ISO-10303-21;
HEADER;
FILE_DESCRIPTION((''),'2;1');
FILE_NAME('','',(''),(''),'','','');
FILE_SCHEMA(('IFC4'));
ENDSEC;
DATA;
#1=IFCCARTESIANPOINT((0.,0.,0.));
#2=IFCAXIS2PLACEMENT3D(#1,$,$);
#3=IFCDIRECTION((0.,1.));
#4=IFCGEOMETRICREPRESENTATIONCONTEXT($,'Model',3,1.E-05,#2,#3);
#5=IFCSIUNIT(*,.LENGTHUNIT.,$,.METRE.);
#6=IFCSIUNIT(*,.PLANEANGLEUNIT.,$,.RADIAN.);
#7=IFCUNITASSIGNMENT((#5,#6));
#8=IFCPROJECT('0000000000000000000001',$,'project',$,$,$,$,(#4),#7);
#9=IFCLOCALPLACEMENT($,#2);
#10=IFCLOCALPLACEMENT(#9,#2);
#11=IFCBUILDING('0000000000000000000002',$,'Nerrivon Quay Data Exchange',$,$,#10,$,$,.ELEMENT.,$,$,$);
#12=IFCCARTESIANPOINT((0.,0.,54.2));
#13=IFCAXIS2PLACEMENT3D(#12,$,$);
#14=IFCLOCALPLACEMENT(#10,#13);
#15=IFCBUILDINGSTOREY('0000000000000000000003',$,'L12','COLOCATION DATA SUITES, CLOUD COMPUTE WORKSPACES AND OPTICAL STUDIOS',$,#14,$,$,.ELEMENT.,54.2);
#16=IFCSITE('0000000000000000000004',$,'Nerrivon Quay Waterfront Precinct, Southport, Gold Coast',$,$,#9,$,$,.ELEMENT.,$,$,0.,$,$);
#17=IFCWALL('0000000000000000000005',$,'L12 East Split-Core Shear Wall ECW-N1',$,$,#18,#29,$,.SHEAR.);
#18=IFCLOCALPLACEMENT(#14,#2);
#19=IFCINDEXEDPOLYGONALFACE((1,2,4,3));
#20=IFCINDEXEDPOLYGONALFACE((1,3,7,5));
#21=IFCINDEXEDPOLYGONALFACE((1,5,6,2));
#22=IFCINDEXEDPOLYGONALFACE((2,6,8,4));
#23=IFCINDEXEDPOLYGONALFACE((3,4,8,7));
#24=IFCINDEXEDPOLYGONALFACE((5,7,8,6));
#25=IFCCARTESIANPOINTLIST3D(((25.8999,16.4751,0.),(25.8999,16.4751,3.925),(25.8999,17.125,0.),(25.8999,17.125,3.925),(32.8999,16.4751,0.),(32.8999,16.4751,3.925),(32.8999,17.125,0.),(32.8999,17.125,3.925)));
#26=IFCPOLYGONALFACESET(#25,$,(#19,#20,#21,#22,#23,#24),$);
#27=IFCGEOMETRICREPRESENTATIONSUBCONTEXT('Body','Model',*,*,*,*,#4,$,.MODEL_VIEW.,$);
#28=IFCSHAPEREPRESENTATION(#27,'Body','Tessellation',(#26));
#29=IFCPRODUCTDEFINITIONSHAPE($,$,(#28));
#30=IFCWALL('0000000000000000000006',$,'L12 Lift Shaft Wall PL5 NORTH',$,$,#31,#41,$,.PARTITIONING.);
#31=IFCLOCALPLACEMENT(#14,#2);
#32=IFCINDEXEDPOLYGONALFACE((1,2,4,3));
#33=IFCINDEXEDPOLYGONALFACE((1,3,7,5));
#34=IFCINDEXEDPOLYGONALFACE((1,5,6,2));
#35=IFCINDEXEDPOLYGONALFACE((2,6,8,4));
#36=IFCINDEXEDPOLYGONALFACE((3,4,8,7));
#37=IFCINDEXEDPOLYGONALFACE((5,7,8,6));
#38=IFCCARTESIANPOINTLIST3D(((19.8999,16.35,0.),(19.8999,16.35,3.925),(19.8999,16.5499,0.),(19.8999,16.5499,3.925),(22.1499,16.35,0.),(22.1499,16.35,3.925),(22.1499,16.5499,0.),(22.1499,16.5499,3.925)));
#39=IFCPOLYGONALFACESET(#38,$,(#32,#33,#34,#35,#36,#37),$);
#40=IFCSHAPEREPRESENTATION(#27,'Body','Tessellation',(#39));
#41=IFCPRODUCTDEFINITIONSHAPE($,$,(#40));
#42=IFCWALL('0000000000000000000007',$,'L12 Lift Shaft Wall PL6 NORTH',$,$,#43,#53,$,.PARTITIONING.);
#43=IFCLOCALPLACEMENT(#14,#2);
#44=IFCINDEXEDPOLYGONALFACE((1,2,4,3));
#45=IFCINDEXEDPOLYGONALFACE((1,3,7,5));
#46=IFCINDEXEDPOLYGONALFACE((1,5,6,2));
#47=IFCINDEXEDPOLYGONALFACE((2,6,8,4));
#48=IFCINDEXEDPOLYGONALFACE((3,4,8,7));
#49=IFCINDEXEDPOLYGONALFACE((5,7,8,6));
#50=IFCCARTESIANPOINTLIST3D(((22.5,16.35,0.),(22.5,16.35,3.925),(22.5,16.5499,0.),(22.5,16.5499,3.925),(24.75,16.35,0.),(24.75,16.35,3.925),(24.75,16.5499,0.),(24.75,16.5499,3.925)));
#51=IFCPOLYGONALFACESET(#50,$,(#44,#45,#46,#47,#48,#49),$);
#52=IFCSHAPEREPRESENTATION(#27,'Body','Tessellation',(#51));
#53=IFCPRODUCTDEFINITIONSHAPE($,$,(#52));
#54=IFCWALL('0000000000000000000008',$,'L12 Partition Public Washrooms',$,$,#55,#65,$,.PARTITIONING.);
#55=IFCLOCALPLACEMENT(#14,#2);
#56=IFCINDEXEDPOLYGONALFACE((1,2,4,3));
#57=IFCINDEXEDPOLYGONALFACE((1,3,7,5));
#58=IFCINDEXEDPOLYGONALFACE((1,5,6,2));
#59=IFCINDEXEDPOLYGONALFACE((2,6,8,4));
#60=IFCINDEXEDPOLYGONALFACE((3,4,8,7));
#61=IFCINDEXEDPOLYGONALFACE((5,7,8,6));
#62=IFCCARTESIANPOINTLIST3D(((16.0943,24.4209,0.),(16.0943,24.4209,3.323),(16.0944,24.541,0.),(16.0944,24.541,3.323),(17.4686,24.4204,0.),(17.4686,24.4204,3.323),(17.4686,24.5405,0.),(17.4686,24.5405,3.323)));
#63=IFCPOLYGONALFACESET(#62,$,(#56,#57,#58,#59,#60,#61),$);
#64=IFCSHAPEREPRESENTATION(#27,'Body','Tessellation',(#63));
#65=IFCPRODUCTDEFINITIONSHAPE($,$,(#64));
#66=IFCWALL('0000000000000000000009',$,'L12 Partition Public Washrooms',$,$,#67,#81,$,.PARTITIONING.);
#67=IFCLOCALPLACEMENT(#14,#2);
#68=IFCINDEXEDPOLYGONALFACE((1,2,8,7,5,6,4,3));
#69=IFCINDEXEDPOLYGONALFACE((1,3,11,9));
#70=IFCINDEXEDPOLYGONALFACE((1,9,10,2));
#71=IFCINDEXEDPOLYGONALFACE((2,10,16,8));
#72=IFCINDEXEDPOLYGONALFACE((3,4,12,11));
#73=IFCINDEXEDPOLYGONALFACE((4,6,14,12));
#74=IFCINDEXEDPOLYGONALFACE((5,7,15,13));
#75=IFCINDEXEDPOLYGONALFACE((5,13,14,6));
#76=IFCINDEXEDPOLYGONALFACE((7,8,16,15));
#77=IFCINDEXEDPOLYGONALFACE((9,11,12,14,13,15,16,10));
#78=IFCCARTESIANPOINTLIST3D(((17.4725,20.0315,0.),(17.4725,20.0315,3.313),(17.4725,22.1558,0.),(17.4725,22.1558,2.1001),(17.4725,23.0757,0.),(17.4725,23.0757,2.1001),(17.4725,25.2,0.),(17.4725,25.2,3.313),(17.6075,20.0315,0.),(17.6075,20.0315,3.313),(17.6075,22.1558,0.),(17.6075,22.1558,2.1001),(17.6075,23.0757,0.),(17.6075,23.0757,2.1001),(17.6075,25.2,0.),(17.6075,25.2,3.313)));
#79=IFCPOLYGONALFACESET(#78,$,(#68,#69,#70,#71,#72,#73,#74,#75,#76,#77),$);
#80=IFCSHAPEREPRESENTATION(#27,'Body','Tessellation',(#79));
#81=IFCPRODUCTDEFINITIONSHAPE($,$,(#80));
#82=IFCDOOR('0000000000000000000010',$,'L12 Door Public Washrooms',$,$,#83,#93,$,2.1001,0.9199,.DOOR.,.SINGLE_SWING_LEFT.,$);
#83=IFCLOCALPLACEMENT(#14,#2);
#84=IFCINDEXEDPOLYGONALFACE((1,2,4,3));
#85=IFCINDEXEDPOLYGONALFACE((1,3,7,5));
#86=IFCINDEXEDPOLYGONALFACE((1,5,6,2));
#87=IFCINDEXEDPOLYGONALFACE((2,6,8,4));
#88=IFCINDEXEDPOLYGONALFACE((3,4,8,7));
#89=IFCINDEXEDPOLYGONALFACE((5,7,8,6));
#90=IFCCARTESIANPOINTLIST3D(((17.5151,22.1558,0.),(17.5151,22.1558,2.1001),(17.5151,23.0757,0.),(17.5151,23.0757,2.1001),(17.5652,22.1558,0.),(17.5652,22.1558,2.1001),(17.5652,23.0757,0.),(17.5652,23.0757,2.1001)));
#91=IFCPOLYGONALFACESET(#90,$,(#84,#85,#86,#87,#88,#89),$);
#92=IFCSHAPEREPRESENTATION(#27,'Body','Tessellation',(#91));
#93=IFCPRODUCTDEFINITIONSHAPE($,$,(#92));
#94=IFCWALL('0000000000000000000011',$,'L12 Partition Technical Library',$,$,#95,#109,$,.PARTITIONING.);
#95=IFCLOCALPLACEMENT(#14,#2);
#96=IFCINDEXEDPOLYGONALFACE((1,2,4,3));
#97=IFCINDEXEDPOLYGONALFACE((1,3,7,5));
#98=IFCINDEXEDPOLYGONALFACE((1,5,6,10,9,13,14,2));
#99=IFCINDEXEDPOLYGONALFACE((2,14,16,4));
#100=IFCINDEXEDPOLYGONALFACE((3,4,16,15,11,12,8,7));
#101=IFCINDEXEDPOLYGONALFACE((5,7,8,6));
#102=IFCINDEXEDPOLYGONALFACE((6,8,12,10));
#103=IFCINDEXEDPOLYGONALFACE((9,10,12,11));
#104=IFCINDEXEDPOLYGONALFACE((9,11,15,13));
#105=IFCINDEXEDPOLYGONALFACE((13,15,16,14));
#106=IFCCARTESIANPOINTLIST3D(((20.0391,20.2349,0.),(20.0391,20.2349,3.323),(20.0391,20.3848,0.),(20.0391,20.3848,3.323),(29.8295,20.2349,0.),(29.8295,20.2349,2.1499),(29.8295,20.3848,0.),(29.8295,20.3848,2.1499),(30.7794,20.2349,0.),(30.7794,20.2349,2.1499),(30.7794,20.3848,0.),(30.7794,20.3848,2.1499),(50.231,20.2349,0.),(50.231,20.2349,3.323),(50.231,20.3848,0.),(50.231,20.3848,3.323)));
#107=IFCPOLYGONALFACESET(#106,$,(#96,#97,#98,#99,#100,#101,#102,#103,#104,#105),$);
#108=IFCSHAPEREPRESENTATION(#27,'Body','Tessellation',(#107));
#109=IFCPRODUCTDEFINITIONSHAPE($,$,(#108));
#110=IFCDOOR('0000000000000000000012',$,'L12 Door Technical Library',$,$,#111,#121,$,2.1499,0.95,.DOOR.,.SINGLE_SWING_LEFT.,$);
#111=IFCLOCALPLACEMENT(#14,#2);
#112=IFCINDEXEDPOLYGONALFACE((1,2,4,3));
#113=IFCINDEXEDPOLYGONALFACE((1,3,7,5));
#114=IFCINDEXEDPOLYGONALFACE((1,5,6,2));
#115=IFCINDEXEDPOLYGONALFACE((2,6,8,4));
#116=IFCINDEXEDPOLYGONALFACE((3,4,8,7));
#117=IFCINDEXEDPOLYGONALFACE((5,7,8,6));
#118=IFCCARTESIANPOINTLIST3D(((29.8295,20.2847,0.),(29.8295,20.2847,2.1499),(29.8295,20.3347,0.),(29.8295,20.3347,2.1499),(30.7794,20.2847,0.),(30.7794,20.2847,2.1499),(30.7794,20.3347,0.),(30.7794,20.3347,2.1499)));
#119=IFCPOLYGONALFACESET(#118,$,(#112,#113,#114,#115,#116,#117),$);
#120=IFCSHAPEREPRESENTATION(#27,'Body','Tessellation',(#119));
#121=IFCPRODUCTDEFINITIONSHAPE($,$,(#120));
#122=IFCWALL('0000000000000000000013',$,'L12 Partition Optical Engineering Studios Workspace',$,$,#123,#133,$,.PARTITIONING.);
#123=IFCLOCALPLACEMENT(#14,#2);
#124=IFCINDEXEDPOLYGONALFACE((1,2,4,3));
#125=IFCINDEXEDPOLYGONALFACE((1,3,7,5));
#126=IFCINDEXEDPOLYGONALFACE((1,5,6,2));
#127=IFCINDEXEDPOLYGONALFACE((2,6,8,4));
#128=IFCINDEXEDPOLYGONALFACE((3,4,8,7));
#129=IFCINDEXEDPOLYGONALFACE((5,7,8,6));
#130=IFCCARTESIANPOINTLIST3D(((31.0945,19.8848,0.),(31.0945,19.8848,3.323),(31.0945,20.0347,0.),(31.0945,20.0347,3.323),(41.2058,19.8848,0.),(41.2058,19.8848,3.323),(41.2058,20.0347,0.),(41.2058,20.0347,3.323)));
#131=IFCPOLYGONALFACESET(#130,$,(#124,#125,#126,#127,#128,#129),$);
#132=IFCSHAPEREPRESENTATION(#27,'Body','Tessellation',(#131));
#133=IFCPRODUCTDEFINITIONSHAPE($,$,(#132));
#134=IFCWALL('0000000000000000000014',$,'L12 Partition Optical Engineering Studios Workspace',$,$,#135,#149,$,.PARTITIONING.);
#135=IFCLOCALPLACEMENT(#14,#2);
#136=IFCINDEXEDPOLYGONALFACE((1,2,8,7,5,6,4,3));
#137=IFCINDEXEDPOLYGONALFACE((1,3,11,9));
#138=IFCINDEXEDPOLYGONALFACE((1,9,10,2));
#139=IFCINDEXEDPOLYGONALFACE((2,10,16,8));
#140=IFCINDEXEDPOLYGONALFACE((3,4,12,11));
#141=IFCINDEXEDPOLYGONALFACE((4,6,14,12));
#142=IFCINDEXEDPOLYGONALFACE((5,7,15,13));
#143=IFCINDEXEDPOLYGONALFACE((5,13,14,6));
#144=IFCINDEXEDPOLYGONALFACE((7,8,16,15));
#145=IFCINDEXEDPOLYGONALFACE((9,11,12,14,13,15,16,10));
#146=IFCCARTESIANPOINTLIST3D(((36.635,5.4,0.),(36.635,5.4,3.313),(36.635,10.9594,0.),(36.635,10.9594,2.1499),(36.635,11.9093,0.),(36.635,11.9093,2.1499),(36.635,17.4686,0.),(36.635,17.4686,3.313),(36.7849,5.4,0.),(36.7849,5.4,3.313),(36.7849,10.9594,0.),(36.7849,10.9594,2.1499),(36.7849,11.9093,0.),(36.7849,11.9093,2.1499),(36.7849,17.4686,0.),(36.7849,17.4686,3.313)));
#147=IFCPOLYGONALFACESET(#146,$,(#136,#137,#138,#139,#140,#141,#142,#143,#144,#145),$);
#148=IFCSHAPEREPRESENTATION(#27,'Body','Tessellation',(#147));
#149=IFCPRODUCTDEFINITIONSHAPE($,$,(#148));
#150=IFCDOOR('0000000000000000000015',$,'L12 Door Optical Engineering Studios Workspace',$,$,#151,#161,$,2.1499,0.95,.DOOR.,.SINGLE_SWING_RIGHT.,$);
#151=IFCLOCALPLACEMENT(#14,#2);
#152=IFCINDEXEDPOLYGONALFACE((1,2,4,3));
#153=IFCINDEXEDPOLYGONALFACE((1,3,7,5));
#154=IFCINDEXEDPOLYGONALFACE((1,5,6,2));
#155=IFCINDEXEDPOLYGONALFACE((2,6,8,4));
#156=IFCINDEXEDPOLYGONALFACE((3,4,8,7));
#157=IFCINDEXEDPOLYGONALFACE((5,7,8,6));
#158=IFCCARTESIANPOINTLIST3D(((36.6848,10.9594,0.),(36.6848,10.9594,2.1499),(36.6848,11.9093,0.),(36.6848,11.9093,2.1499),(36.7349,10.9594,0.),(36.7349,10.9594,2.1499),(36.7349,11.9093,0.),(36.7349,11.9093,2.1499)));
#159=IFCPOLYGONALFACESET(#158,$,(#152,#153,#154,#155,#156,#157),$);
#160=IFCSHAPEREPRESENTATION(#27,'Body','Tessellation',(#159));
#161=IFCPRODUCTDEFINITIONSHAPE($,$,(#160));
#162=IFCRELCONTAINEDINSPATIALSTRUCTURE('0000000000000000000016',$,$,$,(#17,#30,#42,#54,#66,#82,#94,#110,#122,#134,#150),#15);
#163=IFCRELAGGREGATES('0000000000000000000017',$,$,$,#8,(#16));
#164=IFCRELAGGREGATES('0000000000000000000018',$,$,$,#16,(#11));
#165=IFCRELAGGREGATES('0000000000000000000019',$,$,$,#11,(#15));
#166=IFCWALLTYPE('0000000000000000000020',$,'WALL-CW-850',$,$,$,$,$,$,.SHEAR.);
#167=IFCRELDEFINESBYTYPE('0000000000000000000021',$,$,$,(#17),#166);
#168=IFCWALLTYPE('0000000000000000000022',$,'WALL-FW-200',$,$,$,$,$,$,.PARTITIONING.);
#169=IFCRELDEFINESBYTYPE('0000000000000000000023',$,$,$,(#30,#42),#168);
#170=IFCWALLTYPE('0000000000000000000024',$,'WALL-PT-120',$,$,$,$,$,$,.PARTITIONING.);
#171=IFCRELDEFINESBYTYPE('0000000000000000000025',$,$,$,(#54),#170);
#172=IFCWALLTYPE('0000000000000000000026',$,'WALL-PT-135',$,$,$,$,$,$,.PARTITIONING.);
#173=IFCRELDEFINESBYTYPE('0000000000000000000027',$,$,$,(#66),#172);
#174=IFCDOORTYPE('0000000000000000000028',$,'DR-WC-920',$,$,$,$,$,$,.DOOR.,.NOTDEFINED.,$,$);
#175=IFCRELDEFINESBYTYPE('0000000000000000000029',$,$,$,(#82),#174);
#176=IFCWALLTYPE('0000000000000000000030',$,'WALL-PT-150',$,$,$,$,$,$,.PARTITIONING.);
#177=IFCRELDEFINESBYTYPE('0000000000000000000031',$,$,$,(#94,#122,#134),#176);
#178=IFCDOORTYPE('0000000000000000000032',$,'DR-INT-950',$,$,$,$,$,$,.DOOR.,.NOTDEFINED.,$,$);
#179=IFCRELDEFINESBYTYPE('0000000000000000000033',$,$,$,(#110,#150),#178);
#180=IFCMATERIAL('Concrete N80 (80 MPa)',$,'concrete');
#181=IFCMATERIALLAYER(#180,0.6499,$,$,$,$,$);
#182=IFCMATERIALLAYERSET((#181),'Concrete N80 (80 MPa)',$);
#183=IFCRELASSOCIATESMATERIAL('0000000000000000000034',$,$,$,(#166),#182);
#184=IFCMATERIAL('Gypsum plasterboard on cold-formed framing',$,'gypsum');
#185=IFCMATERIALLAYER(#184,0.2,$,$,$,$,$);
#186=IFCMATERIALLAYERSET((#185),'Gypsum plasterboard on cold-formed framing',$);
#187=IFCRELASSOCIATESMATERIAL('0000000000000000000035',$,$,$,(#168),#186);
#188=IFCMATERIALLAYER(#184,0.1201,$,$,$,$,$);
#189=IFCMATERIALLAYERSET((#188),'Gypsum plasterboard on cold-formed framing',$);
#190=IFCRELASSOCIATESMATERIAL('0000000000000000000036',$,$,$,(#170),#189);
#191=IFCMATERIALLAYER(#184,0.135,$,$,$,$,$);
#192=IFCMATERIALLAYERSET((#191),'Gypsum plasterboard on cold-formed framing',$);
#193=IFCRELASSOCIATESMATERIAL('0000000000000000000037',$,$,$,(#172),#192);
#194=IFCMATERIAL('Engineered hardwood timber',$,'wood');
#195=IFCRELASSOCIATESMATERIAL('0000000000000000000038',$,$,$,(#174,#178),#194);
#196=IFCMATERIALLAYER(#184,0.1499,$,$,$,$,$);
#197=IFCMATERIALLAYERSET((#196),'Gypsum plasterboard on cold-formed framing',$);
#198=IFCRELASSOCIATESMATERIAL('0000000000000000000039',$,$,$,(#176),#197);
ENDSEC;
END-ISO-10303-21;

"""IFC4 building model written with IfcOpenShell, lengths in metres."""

from ifc_helpers import new_model, si_unit, direction, frame, frame_2d, origin, place, context, subcontext, project, spatial, rectangle, extrude, material, layer, layer_set, type_object, element, fill, save


model = new_model("IFC4")

# Units and contexts
model_context = context("Model", 3, precision=1e-05, world=origin(), true_north=direction((0.0, 1.0)))
body_context = subcontext(model_context, "Body", "Model", "MODEL_VIEW")
ifc_project = project(units=[si_unit("LENGTHUNIT", "METRE"), si_unit("PLANEANGLEUNIT", "RADIAN")], contexts=[model_context])

# Site, building, storey
site_placement = place(None, origin())
site = spatial("IfcSite", under=ifc_project, at=site_placement, Name="Nerrivon Quay Waterfront Precinct, Southport, Gold Coast", CompositionType="ELEMENT", RefElevation=0.0)
building_placement = place(site_placement, origin())
building = spatial("IfcBuilding", under=site, at=building_placement, Name="Nerrivon Quay Data Exchange", CompositionType="ELEMENT")
storey_placement = place(building_placement, frame((0.0, 0.0, 54.2)))
storey = spatial("IfcBuildingStorey", under=building, at=storey_placement, Name="L12", Description="COLOCATION DATA SUITES, CLOUD COMPUTE WORKSPACES AND OPTICAL STUDIOS", CompositionType="ELEMENT", Elevation=54.2)

# Shared definitions
ifc_material_1 = material(Name="Concrete N80 (80 MPa)", Category="concrete")

# Walls
ifc_layer_1 = layer(ifc_material_1, 0.6499)
ifc_layer_set_1 = layer_set([ifc_layer_1], Name="Concrete N80 (80 MPa)")
wall_type_1 = type_object("IfcWallType", Name="WALL-CW-850", PredefinedType="SHEAR", material=ifc_layer_set_1)
wall_1_placement = place(storey_placement, frame((25.8999, 16.8, 0.0), z_axis=(0.0, 0.0, 1.0), x_axis=(1.0, 0.0, 0.0)))
element("IfcWall", 1, at=wall_1_placement, inside=storey, type_object=wall_type_1, Name="L12 East Split-Core Shear Wall ECW-N1", PredefinedType="SHEAR", context=body_context, shape_type="SweptSolid", body=[
    extrude(rectangle(XDim=7.0, YDim=0.6499, at=frame_2d((3.5, 0.0))), origin(), (0.0, 0.0, 1.0), 3.925),
])
ifc_material_2 = material(Name="Gypsum plasterboard on cold-formed framing", Category="gypsum")
ifc_layer_2 = layer(ifc_material_2, 0.2)
ifc_layer_set_2 = layer_set([ifc_layer_2], Name="Gypsum plasterboard on cold-formed framing")
wall_type_2 = type_object("IfcWallType", Name="WALL-FW-200", PredefinedType="PARTITIONING", material=ifc_layer_set_2)
for number, where, z_axis, x_axis, name in (
    (2, (19.8999, 16.45, 0.0), (0.0, 0.0, 1.0), (1.0, 0.0, 0.0), "L12 Lift Shaft Wall PL5 NORTH"),
    (3, (22.5, 16.45, 0.0), (0.0, 0.0, 1.0), (1.0, 0.0, 0.0), "L12 Lift Shaft Wall PL6 NORTH"),
):
    element("IfcWall", number, at=place(storey_placement, frame(where, z_axis=z_axis, x_axis=x_axis)), inside=storey, type_object=wall_type_2, Name=name, PredefinedType="PARTITIONING", context=body_context, shape_type="SweptSolid", body=[
        extrude(rectangle(XDim=2.25, YDim=0.2, at=frame_2d((1.125, 0.0))), origin(), (0.0, 0.0, 1.0), 3.925),
    ])
ifc_layer_3 = layer(ifc_material_2, 0.1201)
ifc_layer_set_3 = layer_set([ifc_layer_3], Name="Gypsum plasterboard on cold-formed framing")
wall_type_3 = type_object("IfcWallType", Name="WALL-PT-120", PredefinedType="PARTITIONING", material=ifc_layer_set_3)
wall_2_placement = place(storey_placement, frame((17.4685, 24.4805, 0.0), z_axis=(0.0, 0.0, 1.0), x_axis=(-1.0, 0.000355, 0.0)))
element("IfcWall", 4, at=wall_2_placement, inside=storey, type_object=wall_type_3, Name="L12 Partition Public Washrooms", PredefinedType="PARTITIONING", context=body_context, shape_type="SweptSolid", body=[
    extrude(rectangle(XDim=1.3743, YDim=0.1201, at=frame_2d((0.687, 0.0))), origin(), (0.0, 0.0, 1.0), 3.323),
])

# Walls, openings, doors
ifc_layer_4 = layer(ifc_material_2, 0.135)
ifc_layer_set_4 = layer_set([ifc_layer_4], Name="Gypsum plasterboard on cold-formed framing")
wall_type_4 = type_object("IfcWallType", Name="WALL-PT-135", PredefinedType="PARTITIONING", material=ifc_layer_set_4)
wall_3_placement = place(storey_placement, frame((17.54, 20.0315, 0.0), z_axis=(0.0, 0.0, 1.0), x_axis=(0.0, 1.0, 0.0)))
wall_3 = element("IfcWall", 5, at=wall_3_placement, inside=storey, type_object=wall_type_4, Name="L12 Partition Public Washrooms", PredefinedType="PARTITIONING", context=body_context, shape_type="SweptSolid", body=[
    extrude(rectangle(XDim=5.1685, YDim=0.135, at=frame_2d((2.5842, 0.0))), origin(), (0.0, 0.0, 1.0), 3.313),
])
opening_1_placement = place(wall_3_placement, frame((2.1243, 0.0, 0.0)))
opening_1 = element("IfcOpeningElement", 6, at=opening_1_placement, cuts=wall_3, PredefinedType="OPENING", context=body_context, shape_type="SweptSolid", body=[
    extrude(rectangle(XDim=0.9199, YDim=2.1001, at=frame_2d((0.46, 1.05))), frame((0.0, 0.0774, 0.0), z_axis=(0.0, -1.0, 0.0), x_axis=(1.0, 0.0, 0.0)), (0.0, 0.0, 1.0), 0.155),
])
ifc_material_3 = material(Name="Engineered hardwood timber", Category="wood")
door_type_1 = type_object("IfcDoorType", Name="DR-WC-920", OperationType="NOTDEFINED", PredefinedType="DOOR", material=ifc_material_3)
door_1_placement = place(opening_1_placement, origin())
door_1 = element("IfcDoor", 7, at=door_1_placement, inside=storey, type_object=door_type_1, Name="L12 Door Public Washrooms", OperationType="SINGLE_SWING_LEFT", OverallHeight=2.1001, OverallWidth=0.9199, PredefinedType="DOOR", context=body_context, shape_type="SweptSolid", body=[
    extrude(rectangle(XDim=0.9199, YDim=2.1001, at=frame_2d((0.46, 1.05))), frame((0.0, 0.0249, 0.0), z_axis=(0.0, -1.0, 0.0), x_axis=(1.0, 0.0, 0.0)), (0.0, 0.0, 1.0), 0.05),
])
fill(opening_1, door_1)
ifc_layer_5 = layer(ifc_material_2, 0.1499)
ifc_layer_set_5 = layer_set([ifc_layer_5], Name="Gypsum plasterboard on cold-formed framing")
wall_type_5 = type_object("IfcWallType", Name="WALL-PT-150", PredefinedType="PARTITIONING", material=ifc_layer_set_5)
wall_4_placement = place(storey_placement, frame((20.0391, 20.3098, 0.0), z_axis=(0.0, 0.0, 1.0), x_axis=(1.0, 0.0, 0.0)))
wall_4 = element("IfcWall", 8, at=wall_4_placement, inside=storey, type_object=wall_type_5, Name="L12 Partition Technical Library", PredefinedType="PARTITIONING", context=body_context, shape_type="SweptSolid", body=[
    extrude(rectangle(XDim=30.1919, YDim=0.1499, at=frame_2d((15.0959, 0.0))), origin(), (0.0, 0.0, 1.0), 3.323),
])
opening_2_placement = place(wall_4_placement, frame((9.7903, 0.0, 0.0)))
opening_2 = element("IfcOpeningElement", 9, at=opening_2_placement, cuts=wall_4, PredefinedType="OPENING", context=body_context, shape_type="SweptSolid", body=[
    extrude(rectangle(XDim=0.95, YDim=2.1499, at=frame_2d((0.4751, 1.075))), frame((0.0, 0.085, 0.0), z_axis=(0.0, -1.0, 0.0), x_axis=(1.0, 0.0, 0.0)), (0.0, 0.0, 1.0), 0.1699),
])
door_type_2 = type_object("IfcDoorType", Name="DR-INT-950", OperationType="NOTDEFINED", PredefinedType="DOOR", material=ifc_material_3)
door_2_placement = place(opening_2_placement, origin())
door_2 = element("IfcDoor", 10, at=door_2_placement, inside=storey, type_object=door_type_2, Name="L12 Door Technical Library", OperationType="SINGLE_SWING_LEFT", OverallHeight=2.1499, OverallWidth=0.95, PredefinedType="DOOR", context=body_context, shape_type="SweptSolid", body=[
    extrude(rectangle(XDim=0.95, YDim=2.1499, at=frame_2d((0.4751, 1.075))), frame((0.0, 0.0249, 0.0), z_axis=(0.0, -1.0, 0.0), x_axis=(1.0, 0.0, 0.0)), (0.0, 0.0, 1.0), 0.05),
])
fill(opening_2, door_2)

# Wall
wall_5_placement = place(storey_placement, frame((31.0945, 19.9597, 0.0), z_axis=(0.0, 0.0, 1.0), x_axis=(1.0, 0.0, 0.0)))
element("IfcWall", 11, at=wall_5_placement, inside=storey, type_object=wall_type_5, Name="L12 Partition Optical Engineering Studios Workspace", PredefinedType="PARTITIONING", context=body_context, shape_type="SweptSolid", body=[
    extrude(rectangle(XDim=10.1113, YDim=0.1499, at=frame_2d((5.0557, 0.0))), origin(), (0.0, 0.0, 1.0), 3.323),
])

# Wall, opening, door
wall_6_placement = place(storey_placement, frame((36.71, 17.4685, 0.0), z_axis=(0.0, 0.0, 1.0), x_axis=(0.0, -1.0, 0.0)))
wall_6 = element("IfcWall", 12, at=wall_6_placement, inside=storey, type_object=wall_type_5, Name="L12 Partition Optical Engineering Studios Workspace", PredefinedType="PARTITIONING", context=body_context, shape_type="SweptSolid", body=[
    extrude(rectangle(XDim=12.0686, YDim=0.1499, at=frame_2d((6.0342, 0.0))), origin(), (0.0, 0.0, 1.0), 3.313),
])
opening_3_placement = place(wall_6_placement, frame((5.5591, 0.0, 0.0)))
opening_3 = element("IfcOpeningElement", 13, at=opening_3_placement, cuts=wall_6, PredefinedType="OPENING", context=body_context, shape_type="SweptSolid", body=[
    extrude(rectangle(XDim=0.95, YDim=2.1499, at=frame_2d((0.4751, 1.075))), frame((0.0, 0.085, 0.0), z_axis=(0.0, -1.0, 0.0), x_axis=(1.0, 0.0, 0.0)), (0.0, 0.0, 1.0), 0.1699),
])
door_3_placement = place(opening_3_placement, origin())
door_3 = element("IfcDoor", 14, at=door_3_placement, inside=storey, type_object=door_type_2, Name="L12 Door Optical Engineering Studios Workspace", OperationType="SINGLE_SWING_RIGHT", OverallHeight=2.1499, OverallWidth=0.95, PredefinedType="DOOR", context=body_context, shape_type="SweptSolid", body=[
    extrude(rectangle(XDim=0.95, YDim=2.1499, at=frame_2d((0.4751, 1.075))), frame((0.0, 0.0249, 0.0), z_axis=(0.0, -1.0, 0.0), x_axis=(1.0, 0.0, 0.0)), (0.0, 0.0, 1.0), 0.05),
])
fill(opening_3, door_3)

save(model, "model.ifc")
